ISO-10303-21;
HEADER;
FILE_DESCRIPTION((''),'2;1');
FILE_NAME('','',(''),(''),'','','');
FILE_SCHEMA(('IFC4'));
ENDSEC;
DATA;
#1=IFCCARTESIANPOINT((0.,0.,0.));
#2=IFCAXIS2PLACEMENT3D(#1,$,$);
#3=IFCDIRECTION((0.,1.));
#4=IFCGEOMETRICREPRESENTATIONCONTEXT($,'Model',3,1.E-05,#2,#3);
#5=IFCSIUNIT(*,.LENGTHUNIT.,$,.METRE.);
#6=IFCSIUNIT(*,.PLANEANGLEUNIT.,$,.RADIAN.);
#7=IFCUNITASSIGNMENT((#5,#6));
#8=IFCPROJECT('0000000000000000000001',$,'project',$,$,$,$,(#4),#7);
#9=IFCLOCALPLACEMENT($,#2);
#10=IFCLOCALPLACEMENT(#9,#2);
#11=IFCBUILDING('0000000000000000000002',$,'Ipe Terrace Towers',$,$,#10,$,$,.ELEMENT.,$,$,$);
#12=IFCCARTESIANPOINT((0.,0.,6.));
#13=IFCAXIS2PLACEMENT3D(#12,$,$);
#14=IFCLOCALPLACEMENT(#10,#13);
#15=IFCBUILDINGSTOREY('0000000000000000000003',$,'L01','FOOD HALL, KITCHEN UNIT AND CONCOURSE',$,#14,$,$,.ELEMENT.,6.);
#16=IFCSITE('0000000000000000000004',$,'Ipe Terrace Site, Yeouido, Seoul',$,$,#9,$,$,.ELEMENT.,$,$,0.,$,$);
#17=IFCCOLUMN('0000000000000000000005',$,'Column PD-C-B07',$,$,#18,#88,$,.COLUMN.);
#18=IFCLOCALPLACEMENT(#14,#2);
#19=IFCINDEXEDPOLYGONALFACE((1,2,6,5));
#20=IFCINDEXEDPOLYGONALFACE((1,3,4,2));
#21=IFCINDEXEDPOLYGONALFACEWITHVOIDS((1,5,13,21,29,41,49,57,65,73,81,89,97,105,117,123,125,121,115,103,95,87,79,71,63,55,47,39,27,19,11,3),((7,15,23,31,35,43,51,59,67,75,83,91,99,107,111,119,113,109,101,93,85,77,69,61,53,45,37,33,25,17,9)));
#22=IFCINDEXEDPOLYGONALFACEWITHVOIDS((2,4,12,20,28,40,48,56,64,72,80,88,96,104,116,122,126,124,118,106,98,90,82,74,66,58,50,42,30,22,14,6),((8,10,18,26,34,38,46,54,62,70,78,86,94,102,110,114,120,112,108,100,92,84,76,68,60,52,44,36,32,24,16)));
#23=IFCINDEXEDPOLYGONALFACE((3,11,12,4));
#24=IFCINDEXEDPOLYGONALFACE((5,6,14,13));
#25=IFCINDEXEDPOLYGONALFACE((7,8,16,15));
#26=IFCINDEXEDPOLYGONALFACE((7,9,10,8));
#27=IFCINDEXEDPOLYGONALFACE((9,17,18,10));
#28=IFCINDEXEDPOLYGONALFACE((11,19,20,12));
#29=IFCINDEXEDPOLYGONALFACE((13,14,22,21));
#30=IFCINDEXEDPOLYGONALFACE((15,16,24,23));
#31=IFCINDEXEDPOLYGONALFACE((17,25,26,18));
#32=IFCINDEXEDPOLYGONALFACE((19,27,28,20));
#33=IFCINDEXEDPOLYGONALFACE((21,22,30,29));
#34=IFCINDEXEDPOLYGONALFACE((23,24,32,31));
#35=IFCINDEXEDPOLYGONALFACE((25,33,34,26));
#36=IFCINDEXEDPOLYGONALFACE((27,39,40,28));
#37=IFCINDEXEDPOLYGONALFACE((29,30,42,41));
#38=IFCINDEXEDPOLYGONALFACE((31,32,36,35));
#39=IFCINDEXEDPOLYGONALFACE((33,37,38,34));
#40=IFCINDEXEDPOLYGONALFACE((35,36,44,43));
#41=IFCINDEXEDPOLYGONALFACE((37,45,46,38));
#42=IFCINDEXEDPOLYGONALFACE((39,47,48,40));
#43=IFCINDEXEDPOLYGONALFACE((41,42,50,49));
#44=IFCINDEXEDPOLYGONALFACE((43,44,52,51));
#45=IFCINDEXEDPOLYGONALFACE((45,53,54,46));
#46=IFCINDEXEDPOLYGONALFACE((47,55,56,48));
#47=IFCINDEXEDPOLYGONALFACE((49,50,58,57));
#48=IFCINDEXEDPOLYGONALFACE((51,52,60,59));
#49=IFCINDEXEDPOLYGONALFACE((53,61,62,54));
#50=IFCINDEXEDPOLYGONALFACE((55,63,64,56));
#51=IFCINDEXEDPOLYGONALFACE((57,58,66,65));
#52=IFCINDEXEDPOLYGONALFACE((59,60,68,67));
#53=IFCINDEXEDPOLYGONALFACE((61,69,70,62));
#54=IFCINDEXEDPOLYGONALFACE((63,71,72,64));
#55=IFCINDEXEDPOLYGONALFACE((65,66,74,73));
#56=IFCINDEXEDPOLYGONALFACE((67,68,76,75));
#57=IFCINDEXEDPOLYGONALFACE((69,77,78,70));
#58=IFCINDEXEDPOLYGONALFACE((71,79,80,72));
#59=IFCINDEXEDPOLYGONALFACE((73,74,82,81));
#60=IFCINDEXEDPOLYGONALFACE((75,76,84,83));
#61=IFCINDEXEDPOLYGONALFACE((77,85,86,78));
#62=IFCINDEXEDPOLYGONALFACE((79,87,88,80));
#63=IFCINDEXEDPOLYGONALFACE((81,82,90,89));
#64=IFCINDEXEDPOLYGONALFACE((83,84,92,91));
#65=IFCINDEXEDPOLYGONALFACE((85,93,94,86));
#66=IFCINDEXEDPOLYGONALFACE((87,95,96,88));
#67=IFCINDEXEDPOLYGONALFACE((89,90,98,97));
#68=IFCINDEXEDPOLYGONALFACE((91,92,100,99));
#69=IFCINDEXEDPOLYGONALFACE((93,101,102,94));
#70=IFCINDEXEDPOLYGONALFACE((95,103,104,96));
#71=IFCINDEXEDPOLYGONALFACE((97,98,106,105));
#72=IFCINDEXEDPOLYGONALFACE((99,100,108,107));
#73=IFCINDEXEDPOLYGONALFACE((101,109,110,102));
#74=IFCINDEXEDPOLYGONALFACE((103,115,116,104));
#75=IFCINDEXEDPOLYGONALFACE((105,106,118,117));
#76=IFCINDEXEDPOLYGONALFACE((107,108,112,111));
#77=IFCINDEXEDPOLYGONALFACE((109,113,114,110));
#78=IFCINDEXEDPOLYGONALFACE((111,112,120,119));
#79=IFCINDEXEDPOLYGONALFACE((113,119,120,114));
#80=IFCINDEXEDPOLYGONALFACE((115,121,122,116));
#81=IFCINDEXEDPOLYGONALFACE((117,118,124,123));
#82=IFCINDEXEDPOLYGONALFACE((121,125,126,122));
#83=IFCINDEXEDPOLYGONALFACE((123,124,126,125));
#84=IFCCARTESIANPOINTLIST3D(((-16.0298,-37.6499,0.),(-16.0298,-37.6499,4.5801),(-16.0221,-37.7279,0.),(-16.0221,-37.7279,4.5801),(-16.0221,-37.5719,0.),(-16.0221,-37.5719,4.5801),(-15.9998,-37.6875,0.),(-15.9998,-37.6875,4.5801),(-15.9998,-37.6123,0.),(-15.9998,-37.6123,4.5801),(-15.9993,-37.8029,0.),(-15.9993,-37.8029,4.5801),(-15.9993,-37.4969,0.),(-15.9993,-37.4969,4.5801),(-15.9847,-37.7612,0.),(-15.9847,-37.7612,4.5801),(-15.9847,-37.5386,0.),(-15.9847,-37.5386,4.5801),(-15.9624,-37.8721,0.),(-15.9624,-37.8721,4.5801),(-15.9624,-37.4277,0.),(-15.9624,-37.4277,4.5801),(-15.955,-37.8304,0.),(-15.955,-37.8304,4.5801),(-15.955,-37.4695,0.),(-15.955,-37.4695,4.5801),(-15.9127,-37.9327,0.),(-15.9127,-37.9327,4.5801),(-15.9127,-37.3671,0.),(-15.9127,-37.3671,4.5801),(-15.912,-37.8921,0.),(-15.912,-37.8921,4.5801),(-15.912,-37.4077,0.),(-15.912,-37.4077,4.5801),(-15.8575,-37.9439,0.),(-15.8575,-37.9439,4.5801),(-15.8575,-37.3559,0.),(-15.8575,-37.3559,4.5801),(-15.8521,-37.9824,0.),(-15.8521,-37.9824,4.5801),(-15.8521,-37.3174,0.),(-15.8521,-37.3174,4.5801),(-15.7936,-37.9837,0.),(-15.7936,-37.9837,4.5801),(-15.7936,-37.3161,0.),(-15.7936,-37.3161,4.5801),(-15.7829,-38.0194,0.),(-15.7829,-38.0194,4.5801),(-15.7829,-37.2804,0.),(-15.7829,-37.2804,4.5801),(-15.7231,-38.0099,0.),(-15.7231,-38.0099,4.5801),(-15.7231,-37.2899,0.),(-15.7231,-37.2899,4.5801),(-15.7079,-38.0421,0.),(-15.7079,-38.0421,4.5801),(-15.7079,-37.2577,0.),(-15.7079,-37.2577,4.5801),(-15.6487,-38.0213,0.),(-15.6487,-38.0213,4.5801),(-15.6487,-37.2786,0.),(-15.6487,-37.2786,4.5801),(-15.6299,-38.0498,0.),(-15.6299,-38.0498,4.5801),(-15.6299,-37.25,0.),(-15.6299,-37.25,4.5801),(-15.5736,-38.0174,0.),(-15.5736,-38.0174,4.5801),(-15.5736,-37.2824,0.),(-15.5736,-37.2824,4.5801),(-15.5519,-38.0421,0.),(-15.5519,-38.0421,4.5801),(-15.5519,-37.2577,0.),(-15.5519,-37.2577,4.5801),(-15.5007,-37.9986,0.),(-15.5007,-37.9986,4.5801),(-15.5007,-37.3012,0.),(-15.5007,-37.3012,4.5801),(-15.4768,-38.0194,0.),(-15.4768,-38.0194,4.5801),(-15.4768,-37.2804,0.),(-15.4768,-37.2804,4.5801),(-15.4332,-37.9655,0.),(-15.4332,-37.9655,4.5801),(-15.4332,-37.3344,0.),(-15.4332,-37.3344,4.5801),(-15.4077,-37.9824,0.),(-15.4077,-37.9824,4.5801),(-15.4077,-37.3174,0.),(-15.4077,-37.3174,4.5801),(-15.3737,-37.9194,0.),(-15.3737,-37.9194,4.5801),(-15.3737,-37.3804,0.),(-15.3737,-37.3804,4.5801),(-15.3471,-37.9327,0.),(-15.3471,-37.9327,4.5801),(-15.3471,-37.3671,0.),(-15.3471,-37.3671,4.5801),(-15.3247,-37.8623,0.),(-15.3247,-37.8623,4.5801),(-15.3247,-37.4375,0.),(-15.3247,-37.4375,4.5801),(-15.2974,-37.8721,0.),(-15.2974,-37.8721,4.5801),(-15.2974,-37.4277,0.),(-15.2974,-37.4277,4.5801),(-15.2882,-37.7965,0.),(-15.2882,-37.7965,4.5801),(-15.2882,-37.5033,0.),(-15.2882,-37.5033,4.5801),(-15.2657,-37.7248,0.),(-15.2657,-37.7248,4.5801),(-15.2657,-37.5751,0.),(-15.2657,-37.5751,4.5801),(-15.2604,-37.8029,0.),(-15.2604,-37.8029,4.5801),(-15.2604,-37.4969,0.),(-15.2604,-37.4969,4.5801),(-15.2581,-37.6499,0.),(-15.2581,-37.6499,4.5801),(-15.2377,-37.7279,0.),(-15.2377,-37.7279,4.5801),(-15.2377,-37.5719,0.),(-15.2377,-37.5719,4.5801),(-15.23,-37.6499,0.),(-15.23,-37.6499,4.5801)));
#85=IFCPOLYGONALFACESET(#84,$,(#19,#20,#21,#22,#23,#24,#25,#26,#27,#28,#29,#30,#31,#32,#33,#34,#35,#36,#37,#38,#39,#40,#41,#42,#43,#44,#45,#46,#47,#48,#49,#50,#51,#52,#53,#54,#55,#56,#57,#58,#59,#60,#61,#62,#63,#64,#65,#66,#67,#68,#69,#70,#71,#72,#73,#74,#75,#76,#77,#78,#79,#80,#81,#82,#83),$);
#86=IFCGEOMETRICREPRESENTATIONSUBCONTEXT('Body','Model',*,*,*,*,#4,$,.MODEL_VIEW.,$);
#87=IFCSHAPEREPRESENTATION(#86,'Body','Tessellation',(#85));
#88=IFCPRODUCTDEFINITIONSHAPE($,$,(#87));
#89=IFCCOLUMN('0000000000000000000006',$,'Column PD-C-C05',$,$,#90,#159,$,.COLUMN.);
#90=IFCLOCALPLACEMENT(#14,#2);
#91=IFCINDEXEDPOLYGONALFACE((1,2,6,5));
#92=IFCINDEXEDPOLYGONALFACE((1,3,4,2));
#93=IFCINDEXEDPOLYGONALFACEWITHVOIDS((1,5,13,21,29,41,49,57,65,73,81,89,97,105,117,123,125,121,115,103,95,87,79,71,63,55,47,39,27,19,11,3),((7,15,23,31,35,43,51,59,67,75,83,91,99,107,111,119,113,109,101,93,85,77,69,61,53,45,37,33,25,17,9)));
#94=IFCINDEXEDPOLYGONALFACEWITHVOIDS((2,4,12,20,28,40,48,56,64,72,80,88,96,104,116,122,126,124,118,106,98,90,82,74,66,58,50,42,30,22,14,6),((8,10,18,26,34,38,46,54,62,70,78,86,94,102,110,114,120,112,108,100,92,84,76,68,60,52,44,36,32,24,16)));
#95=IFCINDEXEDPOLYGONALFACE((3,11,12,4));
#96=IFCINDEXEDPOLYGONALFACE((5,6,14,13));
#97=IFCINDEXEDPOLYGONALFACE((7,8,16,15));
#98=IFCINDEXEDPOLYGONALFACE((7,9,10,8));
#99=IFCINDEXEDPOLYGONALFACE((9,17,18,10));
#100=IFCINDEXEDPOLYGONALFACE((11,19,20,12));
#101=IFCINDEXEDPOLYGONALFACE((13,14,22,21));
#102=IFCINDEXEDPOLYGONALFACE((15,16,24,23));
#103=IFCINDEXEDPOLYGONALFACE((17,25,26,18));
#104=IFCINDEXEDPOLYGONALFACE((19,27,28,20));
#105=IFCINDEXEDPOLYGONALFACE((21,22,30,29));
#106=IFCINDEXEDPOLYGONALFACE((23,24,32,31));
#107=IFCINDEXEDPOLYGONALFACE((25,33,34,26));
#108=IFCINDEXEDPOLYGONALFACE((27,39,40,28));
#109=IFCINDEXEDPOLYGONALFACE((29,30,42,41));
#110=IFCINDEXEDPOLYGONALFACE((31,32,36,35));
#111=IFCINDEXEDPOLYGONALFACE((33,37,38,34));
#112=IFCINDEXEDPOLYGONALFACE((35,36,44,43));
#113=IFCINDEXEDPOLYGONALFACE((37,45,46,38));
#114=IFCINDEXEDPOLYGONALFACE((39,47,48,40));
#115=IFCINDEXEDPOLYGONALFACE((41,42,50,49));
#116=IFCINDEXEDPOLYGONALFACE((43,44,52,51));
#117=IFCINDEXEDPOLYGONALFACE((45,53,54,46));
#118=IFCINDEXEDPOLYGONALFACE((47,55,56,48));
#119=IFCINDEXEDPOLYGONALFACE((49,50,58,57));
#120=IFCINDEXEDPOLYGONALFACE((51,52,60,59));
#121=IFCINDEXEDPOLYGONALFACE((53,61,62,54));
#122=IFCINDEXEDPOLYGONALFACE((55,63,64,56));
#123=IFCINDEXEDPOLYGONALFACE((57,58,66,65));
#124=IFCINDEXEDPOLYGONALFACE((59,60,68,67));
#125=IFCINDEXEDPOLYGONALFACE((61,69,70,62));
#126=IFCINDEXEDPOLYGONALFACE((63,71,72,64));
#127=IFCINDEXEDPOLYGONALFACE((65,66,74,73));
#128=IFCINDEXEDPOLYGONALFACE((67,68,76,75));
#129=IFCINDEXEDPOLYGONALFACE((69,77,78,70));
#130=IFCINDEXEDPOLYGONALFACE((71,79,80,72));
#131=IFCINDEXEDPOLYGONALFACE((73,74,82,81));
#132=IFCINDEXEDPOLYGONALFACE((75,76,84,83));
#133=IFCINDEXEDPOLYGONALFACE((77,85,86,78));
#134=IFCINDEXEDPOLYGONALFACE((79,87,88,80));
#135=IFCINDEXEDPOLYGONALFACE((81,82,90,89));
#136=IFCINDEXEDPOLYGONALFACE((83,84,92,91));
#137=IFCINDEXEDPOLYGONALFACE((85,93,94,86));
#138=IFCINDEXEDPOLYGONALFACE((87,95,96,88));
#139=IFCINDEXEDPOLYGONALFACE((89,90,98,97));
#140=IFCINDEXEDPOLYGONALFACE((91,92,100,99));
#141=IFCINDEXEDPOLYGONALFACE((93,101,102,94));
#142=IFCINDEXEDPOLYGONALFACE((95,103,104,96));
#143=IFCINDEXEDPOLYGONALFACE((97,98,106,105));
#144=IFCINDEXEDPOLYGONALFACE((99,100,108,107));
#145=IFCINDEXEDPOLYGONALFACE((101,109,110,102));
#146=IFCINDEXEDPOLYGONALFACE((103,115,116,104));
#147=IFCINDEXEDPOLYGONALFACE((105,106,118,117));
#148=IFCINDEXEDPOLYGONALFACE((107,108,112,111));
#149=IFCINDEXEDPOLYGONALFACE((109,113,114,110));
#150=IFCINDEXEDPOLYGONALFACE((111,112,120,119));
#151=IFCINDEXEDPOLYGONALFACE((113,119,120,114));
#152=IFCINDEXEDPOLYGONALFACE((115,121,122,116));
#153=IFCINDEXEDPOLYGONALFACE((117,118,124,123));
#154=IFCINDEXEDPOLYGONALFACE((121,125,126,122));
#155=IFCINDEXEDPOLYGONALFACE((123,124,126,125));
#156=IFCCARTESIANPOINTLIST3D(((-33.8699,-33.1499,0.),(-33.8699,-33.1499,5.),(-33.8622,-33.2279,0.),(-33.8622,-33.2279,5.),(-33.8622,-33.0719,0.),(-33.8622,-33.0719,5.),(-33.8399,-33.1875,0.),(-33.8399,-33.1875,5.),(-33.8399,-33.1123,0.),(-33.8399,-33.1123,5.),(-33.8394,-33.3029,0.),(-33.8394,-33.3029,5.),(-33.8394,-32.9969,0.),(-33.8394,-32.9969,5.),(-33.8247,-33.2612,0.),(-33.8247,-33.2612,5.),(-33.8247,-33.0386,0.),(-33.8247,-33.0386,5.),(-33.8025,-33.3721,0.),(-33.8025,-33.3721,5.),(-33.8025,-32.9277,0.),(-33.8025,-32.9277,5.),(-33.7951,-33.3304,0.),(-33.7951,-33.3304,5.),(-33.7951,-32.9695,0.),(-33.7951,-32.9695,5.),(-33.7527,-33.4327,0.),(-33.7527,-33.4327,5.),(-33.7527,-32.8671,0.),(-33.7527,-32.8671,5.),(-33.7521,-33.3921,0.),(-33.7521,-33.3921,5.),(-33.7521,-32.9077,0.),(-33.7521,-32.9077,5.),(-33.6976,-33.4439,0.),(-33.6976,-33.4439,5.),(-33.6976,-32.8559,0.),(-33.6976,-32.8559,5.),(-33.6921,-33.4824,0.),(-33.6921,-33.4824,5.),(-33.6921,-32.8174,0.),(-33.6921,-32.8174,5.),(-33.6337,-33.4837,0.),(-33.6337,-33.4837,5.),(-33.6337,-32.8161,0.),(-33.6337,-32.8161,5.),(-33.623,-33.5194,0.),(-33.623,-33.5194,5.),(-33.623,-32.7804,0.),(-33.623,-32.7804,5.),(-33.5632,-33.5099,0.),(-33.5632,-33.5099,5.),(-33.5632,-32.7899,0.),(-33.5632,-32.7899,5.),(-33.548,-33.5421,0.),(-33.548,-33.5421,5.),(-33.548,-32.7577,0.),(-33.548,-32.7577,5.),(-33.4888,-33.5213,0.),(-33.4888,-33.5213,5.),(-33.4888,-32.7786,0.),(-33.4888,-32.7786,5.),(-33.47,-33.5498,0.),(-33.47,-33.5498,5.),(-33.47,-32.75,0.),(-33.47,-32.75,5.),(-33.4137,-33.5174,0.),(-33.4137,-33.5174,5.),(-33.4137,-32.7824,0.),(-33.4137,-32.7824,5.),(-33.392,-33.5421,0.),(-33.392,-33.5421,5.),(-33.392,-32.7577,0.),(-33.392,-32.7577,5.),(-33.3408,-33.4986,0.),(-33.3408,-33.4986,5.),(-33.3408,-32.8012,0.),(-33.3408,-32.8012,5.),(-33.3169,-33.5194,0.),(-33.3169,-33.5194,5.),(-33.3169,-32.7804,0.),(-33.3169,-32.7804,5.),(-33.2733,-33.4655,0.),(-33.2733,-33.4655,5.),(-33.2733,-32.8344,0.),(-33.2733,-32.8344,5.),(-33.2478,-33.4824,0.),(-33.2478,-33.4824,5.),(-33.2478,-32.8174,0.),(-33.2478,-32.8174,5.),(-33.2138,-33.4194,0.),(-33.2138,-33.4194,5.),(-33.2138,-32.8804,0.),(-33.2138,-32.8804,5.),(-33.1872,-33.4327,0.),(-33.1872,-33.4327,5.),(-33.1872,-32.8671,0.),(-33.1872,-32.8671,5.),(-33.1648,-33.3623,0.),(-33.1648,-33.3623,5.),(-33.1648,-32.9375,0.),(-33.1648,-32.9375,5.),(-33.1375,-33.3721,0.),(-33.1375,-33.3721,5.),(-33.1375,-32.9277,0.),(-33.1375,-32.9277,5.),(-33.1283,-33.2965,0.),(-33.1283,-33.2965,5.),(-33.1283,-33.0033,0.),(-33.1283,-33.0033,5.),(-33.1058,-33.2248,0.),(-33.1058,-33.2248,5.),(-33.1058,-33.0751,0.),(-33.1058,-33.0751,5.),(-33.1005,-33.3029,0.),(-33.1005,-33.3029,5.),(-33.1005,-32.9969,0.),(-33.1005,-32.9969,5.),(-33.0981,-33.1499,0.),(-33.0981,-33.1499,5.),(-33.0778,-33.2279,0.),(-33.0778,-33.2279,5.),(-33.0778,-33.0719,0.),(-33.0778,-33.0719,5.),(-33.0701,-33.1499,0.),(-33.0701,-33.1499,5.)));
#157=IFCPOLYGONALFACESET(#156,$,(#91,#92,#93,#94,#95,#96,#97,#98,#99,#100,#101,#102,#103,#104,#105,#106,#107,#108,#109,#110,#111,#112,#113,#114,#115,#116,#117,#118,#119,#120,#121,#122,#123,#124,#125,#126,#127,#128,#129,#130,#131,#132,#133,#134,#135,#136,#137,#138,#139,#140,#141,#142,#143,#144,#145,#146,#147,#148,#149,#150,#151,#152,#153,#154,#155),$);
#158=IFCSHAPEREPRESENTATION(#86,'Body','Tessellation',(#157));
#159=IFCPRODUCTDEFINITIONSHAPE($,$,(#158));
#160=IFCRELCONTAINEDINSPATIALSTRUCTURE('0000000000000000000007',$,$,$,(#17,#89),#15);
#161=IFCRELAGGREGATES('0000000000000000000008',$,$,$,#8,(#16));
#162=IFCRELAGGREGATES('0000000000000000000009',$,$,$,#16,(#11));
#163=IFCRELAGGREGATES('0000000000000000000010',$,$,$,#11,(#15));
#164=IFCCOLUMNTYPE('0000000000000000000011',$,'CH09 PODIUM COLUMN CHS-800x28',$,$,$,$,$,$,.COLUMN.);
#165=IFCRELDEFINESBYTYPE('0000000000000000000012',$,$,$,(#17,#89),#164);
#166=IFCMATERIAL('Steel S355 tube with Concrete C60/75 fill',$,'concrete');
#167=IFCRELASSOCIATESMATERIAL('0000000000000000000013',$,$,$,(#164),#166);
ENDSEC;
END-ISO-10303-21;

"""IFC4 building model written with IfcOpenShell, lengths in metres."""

from ifc_helpers import new_model, si_unit, direction, frame, origin, origin_2d, place, context, subcontext, project, spatial, hollow_circle, extrude, material, material_profile, profile_set, type_object, element, save


model = new_model("IFC4")

# Units and contexts
model_context = context("Model", 3, precision=1e-05, world=origin(), true_north=direction((0.0, 1.0)))
body_context = subcontext(model_context, "Body", "Model", "MODEL_VIEW")
ifc_project = project(units=[si_unit("LENGTHUNIT", "METRE"), si_unit("PLANEANGLEUNIT", "RADIAN")], contexts=[model_context])

# Site, building, storey
site_placement = place(None, origin())
site = spatial("IfcSite", under=ifc_project, at=site_placement, Name="Ipe Terrace Site, Yeouido, Seoul", CompositionType="ELEMENT", RefElevation=0.0)
building_placement = place(site_placement, origin())
building = spatial("IfcBuilding", under=site, at=building_placement, Name="Ipe Terrace Towers", CompositionType="ELEMENT")
storey_placement = place(building_placement, frame((0.0, 0.0, 6.0)))
storey = spatial("IfcBuildingStorey", under=building, at=storey_placement, Name="L01", Description="FOOD HALL, KITCHEN UNIT AND CONCOURSE", CompositionType="ELEMENT", Elevation=6.0)

# Columns
ifc_material_1 = material(Name="Steel S355 tube with Concrete C60/75 fill", Category="concrete")
ifc_material_profile_1 = material_profile(ifc_material_1, hollow_circle(Radius=0.3999, WallThickness=0.0281, at=origin_2d()), Name="CHS-800x28")
ifc_profile_set_1 = profile_set([ifc_material_profile_1], Name="Steel S355 tube with Concrete C60/75 fill")
column_type = type_object("IfcColumnType", Name="CH09 PODIUM COLUMN CHS-800x28", PredefinedType="COLUMN", material=ifc_profile_set_1)
for number, where, z_axis, x_axis, name in (
    (1, (-15.6299, -37.6499, 0.0), (0.0, 0.0, 1.0), (1.0, 0.0, 0.0), "Column PD-C-B07"),
):
    element("IfcColumn", number, at=place(storey_placement, frame(where, z_axis=z_axis, x_axis=x_axis)), inside=storey, type_object=column_type, Name=name, PredefinedType="COLUMN", context=body_context, shape_type="SweptSolid", body=[
        extrude(hollow_circle(Radius=0.3999, WallThickness=0.0281, at=origin_2d()), origin(), (0.0, 0.0, 1.0), 4.5801),
    ])
for number, where, z_axis, x_axis, name in (
    (2, (-33.47, -33.1499, 0.0), (0.0, 0.0, 1.0), (1.0, 0.0, 0.0), "Column PD-C-C05"),
):
    element("IfcColumn", number, at=place(storey_placement, frame(where, z_axis=z_axis, x_axis=x_axis)), inside=storey, type_object=column_type, Name=name, PredefinedType="COLUMN", context=body_context, shape_type="SweptSolid", body=[
        extrude(hollow_circle(Radius=0.3999, WallThickness=0.0281, at=origin_2d()), origin(), (0.0, 0.0, 1.0), 5.0),
    ])

save(model, "model.ifc")
